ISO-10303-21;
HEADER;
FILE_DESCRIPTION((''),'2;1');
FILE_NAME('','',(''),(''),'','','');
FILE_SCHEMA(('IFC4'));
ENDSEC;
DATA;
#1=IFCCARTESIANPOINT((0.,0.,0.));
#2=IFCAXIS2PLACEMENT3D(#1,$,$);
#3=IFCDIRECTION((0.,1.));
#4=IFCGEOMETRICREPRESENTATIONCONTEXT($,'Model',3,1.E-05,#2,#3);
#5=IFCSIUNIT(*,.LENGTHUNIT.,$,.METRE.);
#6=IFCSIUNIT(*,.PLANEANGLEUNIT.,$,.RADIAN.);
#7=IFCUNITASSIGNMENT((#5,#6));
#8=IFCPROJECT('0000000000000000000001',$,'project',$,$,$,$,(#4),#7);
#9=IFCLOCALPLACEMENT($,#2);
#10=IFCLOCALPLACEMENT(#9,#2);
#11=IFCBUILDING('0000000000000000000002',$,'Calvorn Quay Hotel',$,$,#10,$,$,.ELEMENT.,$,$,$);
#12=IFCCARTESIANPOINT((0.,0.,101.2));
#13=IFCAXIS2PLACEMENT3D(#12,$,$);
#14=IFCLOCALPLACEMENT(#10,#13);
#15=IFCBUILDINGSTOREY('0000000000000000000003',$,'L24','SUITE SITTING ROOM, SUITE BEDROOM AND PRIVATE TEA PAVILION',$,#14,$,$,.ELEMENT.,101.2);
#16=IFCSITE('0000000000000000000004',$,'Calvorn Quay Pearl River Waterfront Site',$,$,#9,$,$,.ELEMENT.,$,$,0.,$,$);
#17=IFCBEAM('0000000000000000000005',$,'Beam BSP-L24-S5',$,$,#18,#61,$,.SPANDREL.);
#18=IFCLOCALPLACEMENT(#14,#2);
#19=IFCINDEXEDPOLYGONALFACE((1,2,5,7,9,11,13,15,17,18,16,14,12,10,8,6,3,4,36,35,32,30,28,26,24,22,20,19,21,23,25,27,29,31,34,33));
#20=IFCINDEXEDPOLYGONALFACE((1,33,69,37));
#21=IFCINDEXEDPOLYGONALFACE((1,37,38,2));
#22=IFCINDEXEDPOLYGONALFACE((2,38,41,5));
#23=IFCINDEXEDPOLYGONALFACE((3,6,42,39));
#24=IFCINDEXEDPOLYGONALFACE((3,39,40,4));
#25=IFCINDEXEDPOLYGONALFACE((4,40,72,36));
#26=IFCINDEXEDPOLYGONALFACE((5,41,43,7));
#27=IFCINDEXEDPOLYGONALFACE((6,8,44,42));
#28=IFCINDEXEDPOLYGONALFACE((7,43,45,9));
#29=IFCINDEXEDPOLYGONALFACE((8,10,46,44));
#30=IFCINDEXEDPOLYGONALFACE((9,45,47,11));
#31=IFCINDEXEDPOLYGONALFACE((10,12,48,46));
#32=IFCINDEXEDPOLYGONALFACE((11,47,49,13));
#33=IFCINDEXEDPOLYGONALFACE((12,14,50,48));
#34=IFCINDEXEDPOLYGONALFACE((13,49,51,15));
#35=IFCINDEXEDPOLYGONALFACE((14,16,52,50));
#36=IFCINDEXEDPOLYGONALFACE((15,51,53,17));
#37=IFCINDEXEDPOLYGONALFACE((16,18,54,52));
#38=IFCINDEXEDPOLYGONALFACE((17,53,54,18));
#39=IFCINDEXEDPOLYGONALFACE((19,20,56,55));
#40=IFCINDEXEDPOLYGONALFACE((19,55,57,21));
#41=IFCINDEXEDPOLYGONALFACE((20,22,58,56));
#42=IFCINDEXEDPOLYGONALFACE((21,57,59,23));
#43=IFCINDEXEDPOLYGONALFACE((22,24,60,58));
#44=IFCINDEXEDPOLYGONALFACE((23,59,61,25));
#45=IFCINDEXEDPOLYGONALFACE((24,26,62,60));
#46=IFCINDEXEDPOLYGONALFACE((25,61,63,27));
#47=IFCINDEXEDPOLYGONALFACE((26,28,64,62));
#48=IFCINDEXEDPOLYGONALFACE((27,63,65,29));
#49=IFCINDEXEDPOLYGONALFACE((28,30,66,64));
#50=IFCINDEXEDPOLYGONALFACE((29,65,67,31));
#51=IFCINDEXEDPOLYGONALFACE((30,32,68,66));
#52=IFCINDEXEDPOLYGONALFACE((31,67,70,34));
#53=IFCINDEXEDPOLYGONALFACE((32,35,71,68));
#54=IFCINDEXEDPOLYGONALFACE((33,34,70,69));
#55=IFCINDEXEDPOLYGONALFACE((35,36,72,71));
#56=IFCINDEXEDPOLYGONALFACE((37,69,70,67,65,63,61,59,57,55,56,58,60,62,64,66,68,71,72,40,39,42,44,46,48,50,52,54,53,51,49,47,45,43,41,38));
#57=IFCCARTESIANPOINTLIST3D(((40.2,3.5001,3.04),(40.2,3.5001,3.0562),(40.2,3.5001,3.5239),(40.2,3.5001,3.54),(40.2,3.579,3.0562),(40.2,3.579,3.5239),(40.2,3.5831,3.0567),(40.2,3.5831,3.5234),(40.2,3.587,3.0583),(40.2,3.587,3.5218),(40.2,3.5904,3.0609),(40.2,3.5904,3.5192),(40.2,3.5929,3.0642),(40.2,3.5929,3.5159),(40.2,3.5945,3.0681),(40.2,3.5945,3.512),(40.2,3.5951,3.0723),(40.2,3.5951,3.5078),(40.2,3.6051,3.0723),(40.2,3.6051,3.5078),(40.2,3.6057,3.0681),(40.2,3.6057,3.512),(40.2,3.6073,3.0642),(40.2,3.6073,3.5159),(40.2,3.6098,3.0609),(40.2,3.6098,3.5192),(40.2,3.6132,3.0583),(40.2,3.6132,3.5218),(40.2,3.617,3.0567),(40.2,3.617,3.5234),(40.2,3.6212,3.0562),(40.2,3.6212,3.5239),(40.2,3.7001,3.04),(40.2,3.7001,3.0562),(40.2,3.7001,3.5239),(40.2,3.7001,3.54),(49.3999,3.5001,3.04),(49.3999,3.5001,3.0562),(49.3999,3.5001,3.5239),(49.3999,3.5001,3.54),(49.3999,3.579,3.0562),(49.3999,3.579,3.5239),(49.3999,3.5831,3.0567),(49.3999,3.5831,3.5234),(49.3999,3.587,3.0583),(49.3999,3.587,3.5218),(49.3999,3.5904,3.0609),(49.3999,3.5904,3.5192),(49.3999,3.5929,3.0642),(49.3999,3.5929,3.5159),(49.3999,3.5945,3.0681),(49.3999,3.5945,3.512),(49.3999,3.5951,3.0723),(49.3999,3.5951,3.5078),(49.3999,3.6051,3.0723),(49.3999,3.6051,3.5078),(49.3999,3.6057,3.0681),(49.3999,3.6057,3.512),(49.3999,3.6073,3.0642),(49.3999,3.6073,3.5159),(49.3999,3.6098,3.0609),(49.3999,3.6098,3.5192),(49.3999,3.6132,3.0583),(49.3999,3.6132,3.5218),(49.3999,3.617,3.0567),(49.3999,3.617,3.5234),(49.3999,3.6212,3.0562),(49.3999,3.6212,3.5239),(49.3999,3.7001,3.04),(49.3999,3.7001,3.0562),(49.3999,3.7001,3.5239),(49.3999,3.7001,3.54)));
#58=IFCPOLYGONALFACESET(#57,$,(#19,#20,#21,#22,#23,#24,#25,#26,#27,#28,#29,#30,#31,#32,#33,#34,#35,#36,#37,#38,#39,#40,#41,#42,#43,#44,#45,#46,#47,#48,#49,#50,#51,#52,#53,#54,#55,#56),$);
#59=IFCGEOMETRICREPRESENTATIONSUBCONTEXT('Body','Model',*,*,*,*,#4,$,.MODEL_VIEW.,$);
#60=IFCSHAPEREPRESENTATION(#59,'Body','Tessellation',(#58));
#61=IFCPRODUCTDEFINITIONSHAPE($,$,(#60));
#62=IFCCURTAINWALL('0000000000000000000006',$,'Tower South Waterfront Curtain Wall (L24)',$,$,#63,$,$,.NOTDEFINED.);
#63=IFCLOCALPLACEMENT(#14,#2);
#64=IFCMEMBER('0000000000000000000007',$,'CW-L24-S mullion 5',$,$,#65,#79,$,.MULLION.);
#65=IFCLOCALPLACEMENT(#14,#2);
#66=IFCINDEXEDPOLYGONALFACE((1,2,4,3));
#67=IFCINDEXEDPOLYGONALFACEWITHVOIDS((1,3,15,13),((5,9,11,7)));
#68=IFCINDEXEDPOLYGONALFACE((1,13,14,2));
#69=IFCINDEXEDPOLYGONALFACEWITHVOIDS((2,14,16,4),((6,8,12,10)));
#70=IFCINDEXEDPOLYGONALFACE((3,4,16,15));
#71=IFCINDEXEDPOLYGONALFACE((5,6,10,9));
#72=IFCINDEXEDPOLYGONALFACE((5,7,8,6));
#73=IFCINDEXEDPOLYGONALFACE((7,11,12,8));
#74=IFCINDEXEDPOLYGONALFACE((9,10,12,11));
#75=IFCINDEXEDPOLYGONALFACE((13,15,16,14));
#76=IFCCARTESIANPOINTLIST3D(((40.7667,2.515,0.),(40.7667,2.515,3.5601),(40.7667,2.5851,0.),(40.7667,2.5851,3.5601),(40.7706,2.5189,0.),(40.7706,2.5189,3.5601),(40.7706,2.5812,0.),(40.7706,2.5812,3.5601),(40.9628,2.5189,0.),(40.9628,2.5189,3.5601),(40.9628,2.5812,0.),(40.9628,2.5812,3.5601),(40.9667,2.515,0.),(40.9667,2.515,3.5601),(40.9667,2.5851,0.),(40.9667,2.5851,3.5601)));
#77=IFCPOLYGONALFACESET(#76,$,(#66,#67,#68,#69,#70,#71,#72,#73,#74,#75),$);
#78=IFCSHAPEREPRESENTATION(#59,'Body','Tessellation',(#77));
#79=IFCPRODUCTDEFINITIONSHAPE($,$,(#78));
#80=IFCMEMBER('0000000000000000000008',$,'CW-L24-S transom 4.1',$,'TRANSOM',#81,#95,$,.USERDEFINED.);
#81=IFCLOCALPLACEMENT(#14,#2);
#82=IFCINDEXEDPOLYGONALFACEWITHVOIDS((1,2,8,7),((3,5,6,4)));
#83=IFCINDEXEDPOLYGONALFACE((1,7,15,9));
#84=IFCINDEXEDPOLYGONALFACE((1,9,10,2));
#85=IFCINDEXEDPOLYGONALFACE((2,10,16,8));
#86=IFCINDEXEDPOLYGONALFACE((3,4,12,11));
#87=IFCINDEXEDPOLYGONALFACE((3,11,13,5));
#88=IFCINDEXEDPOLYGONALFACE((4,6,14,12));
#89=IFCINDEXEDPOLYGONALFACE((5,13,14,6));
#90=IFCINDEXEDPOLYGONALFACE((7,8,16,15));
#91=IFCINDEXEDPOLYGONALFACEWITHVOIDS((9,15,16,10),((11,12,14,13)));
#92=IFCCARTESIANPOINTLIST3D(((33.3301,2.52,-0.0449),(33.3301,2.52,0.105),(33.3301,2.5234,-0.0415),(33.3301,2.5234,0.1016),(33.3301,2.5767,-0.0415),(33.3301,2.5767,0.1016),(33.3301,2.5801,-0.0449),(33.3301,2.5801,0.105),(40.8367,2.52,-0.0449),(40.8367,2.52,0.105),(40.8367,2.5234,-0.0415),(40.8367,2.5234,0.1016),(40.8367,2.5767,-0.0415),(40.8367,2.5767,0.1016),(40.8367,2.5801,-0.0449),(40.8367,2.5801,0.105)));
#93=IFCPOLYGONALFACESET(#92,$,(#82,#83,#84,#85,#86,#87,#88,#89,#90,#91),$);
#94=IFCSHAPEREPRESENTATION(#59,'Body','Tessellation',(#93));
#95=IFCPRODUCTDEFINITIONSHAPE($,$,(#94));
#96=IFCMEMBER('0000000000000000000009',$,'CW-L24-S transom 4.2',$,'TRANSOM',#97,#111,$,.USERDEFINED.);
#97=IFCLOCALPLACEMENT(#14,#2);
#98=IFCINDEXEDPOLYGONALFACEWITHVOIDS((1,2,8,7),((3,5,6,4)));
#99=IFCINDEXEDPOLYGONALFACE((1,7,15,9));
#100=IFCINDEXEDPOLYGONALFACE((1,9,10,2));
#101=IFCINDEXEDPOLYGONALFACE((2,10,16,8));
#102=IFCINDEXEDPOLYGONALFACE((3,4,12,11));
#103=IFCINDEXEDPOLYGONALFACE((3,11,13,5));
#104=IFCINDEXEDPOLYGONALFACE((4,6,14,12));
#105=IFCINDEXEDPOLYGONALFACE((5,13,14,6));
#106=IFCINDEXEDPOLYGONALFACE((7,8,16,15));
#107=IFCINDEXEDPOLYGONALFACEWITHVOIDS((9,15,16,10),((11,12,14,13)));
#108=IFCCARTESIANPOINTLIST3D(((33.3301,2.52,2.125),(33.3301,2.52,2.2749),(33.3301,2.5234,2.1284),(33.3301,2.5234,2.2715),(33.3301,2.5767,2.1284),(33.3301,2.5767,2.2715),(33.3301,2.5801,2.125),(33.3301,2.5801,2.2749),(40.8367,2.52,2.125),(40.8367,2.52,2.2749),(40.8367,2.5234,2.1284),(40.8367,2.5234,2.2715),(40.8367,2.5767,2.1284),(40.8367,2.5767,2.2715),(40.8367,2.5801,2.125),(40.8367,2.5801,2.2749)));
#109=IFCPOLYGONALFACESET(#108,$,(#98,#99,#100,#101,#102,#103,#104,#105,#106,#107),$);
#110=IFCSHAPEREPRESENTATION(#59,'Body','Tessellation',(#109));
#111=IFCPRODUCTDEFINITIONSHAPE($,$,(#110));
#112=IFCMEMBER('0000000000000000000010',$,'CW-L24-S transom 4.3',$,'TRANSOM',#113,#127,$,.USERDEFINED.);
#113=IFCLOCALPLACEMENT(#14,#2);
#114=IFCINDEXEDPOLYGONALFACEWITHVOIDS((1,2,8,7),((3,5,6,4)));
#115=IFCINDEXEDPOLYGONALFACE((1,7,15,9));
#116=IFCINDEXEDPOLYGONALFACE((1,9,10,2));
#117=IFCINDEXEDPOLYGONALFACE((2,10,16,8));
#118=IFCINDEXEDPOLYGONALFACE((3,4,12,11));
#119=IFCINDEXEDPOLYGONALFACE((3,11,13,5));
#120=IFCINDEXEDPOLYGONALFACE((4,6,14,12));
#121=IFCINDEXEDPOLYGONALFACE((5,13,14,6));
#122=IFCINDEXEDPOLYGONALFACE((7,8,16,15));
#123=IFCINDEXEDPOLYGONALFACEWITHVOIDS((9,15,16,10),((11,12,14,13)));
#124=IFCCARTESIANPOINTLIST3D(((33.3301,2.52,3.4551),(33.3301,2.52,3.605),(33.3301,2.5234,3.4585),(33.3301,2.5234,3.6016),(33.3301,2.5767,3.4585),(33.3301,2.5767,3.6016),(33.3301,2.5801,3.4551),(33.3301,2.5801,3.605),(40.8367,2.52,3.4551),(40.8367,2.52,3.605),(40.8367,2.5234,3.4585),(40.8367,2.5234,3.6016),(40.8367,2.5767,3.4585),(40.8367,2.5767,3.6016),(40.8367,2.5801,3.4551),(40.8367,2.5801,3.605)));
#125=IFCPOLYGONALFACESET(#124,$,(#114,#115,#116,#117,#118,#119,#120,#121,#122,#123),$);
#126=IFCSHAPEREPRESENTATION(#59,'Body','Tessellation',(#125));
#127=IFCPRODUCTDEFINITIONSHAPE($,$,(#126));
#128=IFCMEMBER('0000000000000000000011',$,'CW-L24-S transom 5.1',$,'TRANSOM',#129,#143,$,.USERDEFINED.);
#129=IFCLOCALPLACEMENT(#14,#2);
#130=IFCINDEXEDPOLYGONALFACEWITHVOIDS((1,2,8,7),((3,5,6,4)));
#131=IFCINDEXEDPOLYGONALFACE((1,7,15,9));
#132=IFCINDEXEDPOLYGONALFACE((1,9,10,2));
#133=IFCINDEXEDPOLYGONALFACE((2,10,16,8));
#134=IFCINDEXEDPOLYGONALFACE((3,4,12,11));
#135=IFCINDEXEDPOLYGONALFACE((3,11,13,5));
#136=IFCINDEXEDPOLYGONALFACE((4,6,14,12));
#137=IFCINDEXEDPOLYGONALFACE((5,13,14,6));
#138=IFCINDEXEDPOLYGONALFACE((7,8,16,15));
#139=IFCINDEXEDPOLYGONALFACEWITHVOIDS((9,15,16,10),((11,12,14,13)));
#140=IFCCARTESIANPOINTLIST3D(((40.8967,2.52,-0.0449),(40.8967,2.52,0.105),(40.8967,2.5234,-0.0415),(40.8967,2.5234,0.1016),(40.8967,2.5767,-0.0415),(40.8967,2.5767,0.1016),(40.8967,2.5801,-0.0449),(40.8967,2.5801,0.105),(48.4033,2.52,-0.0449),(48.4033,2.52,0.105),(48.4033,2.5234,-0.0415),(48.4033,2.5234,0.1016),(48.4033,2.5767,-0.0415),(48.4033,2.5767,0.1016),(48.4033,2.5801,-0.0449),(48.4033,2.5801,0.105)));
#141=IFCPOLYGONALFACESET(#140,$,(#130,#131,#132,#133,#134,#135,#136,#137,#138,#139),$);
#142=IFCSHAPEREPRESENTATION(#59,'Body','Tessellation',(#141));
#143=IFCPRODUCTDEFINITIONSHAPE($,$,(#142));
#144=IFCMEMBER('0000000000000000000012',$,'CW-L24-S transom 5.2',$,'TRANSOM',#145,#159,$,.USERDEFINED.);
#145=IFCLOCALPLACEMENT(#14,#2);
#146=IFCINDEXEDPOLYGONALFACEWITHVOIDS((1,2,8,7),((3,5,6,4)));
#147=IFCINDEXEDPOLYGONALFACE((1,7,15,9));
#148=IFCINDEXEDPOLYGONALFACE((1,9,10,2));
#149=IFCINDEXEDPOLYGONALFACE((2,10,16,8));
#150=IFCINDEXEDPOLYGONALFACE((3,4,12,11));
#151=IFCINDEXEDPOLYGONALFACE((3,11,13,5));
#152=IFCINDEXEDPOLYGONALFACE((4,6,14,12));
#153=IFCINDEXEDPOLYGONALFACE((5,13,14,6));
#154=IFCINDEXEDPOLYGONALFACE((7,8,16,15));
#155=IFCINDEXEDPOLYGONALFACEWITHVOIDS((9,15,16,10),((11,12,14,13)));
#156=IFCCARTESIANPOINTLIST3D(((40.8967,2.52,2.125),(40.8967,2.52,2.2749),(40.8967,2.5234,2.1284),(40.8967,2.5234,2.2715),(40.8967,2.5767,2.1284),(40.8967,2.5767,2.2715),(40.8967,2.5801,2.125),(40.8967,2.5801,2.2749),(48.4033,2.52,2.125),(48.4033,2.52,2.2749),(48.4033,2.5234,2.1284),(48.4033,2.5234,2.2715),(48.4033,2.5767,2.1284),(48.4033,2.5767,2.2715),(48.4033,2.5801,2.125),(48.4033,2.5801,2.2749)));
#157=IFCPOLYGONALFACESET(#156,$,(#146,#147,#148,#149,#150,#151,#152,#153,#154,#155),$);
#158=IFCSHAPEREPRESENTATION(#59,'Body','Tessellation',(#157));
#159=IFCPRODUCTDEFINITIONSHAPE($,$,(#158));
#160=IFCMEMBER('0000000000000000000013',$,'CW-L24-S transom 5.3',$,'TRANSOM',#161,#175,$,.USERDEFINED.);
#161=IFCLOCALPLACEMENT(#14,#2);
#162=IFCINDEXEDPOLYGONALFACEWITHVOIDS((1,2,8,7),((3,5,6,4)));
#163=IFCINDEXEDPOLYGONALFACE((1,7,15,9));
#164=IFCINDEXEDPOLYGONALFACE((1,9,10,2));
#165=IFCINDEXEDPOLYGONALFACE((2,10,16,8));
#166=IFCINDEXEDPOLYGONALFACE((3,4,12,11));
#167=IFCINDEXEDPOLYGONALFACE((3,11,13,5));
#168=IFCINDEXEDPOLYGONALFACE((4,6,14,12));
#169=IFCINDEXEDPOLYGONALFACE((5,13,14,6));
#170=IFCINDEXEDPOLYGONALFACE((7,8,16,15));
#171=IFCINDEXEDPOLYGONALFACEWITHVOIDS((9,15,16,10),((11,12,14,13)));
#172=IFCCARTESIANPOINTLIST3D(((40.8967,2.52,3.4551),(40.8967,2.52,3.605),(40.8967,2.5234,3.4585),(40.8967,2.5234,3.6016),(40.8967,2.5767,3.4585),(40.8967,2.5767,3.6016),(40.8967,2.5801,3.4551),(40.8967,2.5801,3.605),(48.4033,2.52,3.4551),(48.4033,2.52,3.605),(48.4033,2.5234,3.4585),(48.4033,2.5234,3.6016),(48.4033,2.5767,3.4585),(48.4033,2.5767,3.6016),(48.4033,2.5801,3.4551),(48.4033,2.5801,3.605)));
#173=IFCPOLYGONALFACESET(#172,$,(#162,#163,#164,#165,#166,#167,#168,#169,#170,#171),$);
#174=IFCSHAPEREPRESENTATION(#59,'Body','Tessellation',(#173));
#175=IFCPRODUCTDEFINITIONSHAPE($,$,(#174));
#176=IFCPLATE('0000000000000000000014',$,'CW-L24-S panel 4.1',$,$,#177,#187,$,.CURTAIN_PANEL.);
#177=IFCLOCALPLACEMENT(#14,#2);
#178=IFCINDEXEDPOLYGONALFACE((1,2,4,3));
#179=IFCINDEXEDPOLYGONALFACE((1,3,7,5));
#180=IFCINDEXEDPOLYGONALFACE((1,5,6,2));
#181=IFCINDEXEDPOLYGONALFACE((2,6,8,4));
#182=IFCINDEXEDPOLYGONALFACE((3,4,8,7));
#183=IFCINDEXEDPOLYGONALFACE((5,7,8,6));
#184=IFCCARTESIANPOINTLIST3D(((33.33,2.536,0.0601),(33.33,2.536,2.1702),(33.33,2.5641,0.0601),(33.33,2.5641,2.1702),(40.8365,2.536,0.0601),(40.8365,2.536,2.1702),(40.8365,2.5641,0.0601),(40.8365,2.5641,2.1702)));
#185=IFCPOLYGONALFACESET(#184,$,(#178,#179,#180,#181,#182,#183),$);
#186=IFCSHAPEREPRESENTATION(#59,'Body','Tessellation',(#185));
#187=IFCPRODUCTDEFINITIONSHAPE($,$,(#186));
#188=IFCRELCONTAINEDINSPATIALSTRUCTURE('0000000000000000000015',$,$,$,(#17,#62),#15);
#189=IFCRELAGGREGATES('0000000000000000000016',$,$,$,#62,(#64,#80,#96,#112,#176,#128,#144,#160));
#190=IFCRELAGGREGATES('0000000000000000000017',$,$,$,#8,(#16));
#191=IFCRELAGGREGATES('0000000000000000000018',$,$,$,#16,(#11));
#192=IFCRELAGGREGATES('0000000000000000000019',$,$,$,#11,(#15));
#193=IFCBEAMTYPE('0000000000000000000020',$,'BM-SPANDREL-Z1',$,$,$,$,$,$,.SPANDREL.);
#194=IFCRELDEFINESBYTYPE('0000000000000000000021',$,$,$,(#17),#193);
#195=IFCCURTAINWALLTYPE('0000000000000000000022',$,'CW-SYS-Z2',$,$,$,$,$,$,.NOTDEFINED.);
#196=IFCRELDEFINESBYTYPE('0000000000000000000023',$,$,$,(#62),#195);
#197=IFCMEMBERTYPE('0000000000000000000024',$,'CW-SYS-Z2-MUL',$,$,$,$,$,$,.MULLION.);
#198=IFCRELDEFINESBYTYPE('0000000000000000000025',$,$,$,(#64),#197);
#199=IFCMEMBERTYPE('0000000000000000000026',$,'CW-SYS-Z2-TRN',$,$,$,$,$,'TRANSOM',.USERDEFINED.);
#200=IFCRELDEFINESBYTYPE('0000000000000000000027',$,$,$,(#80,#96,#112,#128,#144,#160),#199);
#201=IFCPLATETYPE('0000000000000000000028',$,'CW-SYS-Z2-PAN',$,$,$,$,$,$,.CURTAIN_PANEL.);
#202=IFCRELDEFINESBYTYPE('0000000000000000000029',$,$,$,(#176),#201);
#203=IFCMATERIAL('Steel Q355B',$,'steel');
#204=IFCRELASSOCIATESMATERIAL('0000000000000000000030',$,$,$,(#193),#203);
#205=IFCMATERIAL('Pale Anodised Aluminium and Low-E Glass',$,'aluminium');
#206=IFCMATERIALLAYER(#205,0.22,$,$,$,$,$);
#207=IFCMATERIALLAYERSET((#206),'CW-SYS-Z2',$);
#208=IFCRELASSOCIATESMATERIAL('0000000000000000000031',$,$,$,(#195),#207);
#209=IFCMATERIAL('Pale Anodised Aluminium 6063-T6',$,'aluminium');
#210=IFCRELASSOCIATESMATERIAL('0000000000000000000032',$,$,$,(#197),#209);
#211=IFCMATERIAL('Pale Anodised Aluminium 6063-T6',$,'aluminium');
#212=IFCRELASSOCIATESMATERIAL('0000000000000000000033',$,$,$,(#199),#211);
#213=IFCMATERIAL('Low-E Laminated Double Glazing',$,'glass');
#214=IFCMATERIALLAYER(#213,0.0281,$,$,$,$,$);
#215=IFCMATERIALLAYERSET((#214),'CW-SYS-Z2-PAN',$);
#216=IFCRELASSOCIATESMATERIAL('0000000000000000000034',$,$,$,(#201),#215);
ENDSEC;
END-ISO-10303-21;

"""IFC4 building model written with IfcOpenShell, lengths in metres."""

from ifc_helpers import new_model, si_unit, direction, frame, origin, origin_2d, place, context, subcontext, project, spatial, rectangle, hollow_rectangle, i_section, extrude, material, layer, layer_set, material_profile, profile_set, type_object, element, aggregate, save


model = new_model("IFC4")

# Units and contexts
model_context = context("Model", 3, precision=1e-05, world=origin(), true_north=direction((0.0, 1.0)))
body_context = subcontext(model_context, "Body", "Model", "MODEL_VIEW")
ifc_project = project(units=[si_unit("LENGTHUNIT", "METRE"), si_unit("PLANEANGLEUNIT", "RADIAN")], contexts=[model_context])

# Site, building, storey
site_placement = place(None, origin())
site = spatial("IfcSite", under=ifc_project, at=site_placement, Name="Calvorn Quay Pearl River Waterfront Site", CompositionType="ELEMENT", RefElevation=0.0)
building_placement = place(site_placement, origin())
building = spatial("IfcBuilding", under=site, at=building_placement, Name="Calvorn Quay Hotel", CompositionType="ELEMENT")
storey_placement = place(building_placement, frame((0.0, 0.0, 101.2)))
storey = spatial("IfcBuildingStorey", under=building, at=storey_placement, Name="L24", Description="SUITE SITTING ROOM, SUITE BEDROOM AND PRIVATE TEA PAVILION", CompositionType="ELEMENT", Elevation=101.2)

# Beam
ifc_material_1 = material(Name="Steel Q355B", Category="steel")
ifc_material_profile_1 = material_profile(ifc_material_1, i_section(OverallWidth=0.2, OverallDepth=0.5, WebThickness=0.01, FlangeThickness=0.0161, FilletRadius=0.0161, at=origin_2d()), Name="HN500x200x10x16")
ifc_profile_set_1 = profile_set([ifc_material_profile_1], Name="Steel Q355B")
beam_type_1 = type_object("IfcBeamType", Name="BM-SPANDREL-Z1", PredefinedType="SPANDREL", material=ifc_profile_set_1)
beam_1_placement = place(storey_placement, frame((40.2, 3.6001, 3.29), z_axis=(1.0, 0.0, 0.0), x_axis=(0.0, 1.0, 0.0)))
element("IfcBeam", 1, at=beam_1_placement, inside=storey, type_object=beam_type_1, Name="Beam BSP-L24-S5", PredefinedType="SPANDREL", context=body_context, shape_type="SweptSolid", body=[
    extrude(i_section(OverallWidth=0.2, OverallDepth=0.5, WebThickness=0.01, FlangeThickness=0.0161, FilletRadius=0.0161, at=origin_2d()), origin(), (0.0, 0.0, 1.0), 9.2),
])

# Curtain wall, members, plate
ifc_material_2 = material(Name="Pale Anodised Aluminium and Low-E Glass", Category="aluminium")
ifc_layer_1 = layer(ifc_material_2, 0.22)
ifc_layer_set_1 = layer_set([ifc_layer_1], Name="CW-SYS-Z2")
curtain_wall_type = type_object("IfcCurtainWallType", Name="CW-SYS-Z2", PredefinedType="NOTDEFINED", material=ifc_layer_set_1)
curtain_wall_placement = place(storey_placement, origin())
curtain_wall = element("IfcCurtainWall", 2, at=curtain_wall_placement, inside=storey, type_object=curtain_wall_type, Name="Tower South Waterfront Curtain Wall (L24)", PredefinedType="NOTDEFINED")
ifc_material_3 = material(Name="Pale Anodised Aluminium 6063-T6", Category="aluminium")
ifc_material_profile_2 = material_profile(ifc_material_3, hollow_rectangle(XDim=0.0701, YDim=0.2, WallThickness=0.0039, at=origin_2d()), Name="ALU-M200x70x4")
ifc_profile_set_2 = profile_set([ifc_material_profile_2], Name="Pale Anodised Aluminium 6063-T6")
member_type_1 = type_object("IfcMemberType", Name="CW-SYS-Z2-MUL", PredefinedType="MULLION", material=ifc_profile_set_2)
member_1_placement = place(storey_placement, frame((40.8667, 2.55, 0.0), z_axis=(0.0, 0.0, 1.0), x_axis=(0.0, 1.0, 0.0)))
member_1 = element("IfcMember", 3, at=member_1_placement, type_object=member_type_1, Name="CW-L24-S mullion 5", PredefinedType="MULLION", context=body_context, shape_type="SweptSolid", body=[
    extrude(hollow_rectangle(XDim=0.0701, YDim=0.2, WallThickness=0.0039, at=origin_2d()), origin(), (0.0, 0.0, 1.0), 3.5601),
])
ifc_material_4 = material(Name="Pale Anodised Aluminium 6063-T6", Category="aluminium")
ifc_material_profile_3 = material_profile(ifc_material_4, hollow_rectangle(XDim=0.0601, YDim=0.1499, WallThickness=0.0034, at=origin_2d()), Name="ALU-T150x60x3.5")
ifc_profile_set_3 = profile_set([ifc_material_profile_3], Name="Pale Anodised Aluminium 6063-T6")
member_type_2 = type_object("IfcMemberType", Name="CW-SYS-Z2-TRN", ElementType="TRANSOM", PredefinedType="USERDEFINED", material=ifc_profile_set_3)
member_2_placement = place(storey_placement, frame((33.3301, 2.55, 0.03), z_axis=(1.0, 0.0, 0.0), x_axis=(0.0, 1.0, 0.0)))
member_2 = element("IfcMember", 4, at=member_2_placement, type_object=member_type_2, Name="CW-L24-S transom 4.1", ObjectType="TRANSOM", PredefinedType="USERDEFINED", context=body_context, shape_type="SweptSolid", body=[
    extrude(hollow_rectangle(XDim=0.0601, YDim=0.1499, WallThickness=0.0034, at=origin_2d()), origin(), (0.0, 0.0, 1.0), 7.5066),
])
member_3_placement = place(storey_placement, frame((33.3301, 2.55, 2.2), z_axis=(1.0, 0.0, 0.0), x_axis=(0.0, 1.0, 0.0)))
member_3 = element("IfcMember", 5, at=member_3_placement, type_object=member_type_2, Name="CW-L24-S transom 4.2", ObjectType="TRANSOM", PredefinedType="USERDEFINED", context=body_context, shape_type="SweptSolid", body=[
    extrude(hollow_rectangle(XDim=0.0601, YDim=0.1499, WallThickness=0.0034, at=origin_2d()), origin(), (0.0, 0.0, 1.0), 7.5066),
])
member_4_placement = place(storey_placement, frame((33.3301, 2.55, 3.53), z_axis=(1.0, 0.0, 0.0), x_axis=(0.0, 1.0, 0.0)))
member_4 = element("IfcMember", 6, at=member_4_placement, type_object=member_type_2, Name="CW-L24-S transom 4.3", ObjectType="TRANSOM", PredefinedType="USERDEFINED", context=body_context, shape_type="SweptSolid", body=[
    extrude(hollow_rectangle(XDim=0.0601, YDim=0.1499, WallThickness=0.0034, at=origin_2d()), origin(), (0.0, 0.0, 1.0), 7.5066),
])
member_5_placement = place(storey_placement, frame((40.8967, 2.55, 0.03), z_axis=(1.0, 0.0, 0.0), x_axis=(0.0, 1.0, 0.0)))
member_5 = element("IfcMember", 7, at=member_5_placement, type_object=member_type_2, Name="CW-L24-S transom 5.1", ObjectType="TRANSOM", PredefinedType="USERDEFINED", context=body_context, shape_type="SweptSolid", body=[
    extrude(hollow_rectangle(XDim=0.0601, YDim=0.1499, WallThickness=0.0034, at=origin_2d()), origin(), (0.0, 0.0, 1.0), 7.5066),
])
member_6_placement = place(storey_placement, frame((40.8967, 2.55, 2.2), z_axis=(1.0, 0.0, 0.0), x_axis=(0.0, 1.0, 0.0)))
member_6 = element("IfcMember", 8, at=member_6_placement, type_object=member_type_2, Name="CW-L24-S transom 5.2", ObjectType="TRANSOM", PredefinedType="USERDEFINED", context=body_context, shape_type="SweptSolid", body=[
    extrude(hollow_rectangle(XDim=0.0601, YDim=0.1499, WallThickness=0.0034, at=origin_2d()), origin(), (0.0, 0.0, 1.0), 7.5066),
])
member_7_placement = place(storey_placement, frame((40.8967, 2.55, 3.53), z_axis=(1.0, 0.0, 0.0), x_axis=(0.0, 1.0, 0.0)))
member_7 = element("IfcMember", 9, at=member_7_placement, type_object=member_type_2, Name="CW-L24-S transom 5.3", ObjectType="TRANSOM", PredefinedType="USERDEFINED", context=body_context, shape_type="SweptSolid", body=[
    extrude(hollow_rectangle(XDim=0.0601, YDim=0.1499, WallThickness=0.0034, at=origin_2d()), origin(), (0.0, 0.0, 1.0), 7.5066),
])
ifc_material_5 = material(Name="Low-E Laminated Double Glazing", Category="glass")
ifc_layer_2 = layer(ifc_material_5, 0.0281)
ifc_layer_set_2 = layer_set([ifc_layer_2], Name="CW-SYS-Z2-PAN")
plate_type = type_object("IfcPlateType", Name="CW-SYS-Z2-PAN", PredefinedType="CURTAIN_PANEL", material=ifc_layer_set_2)
plate_1_placement = place(storey_placement, frame((37.0833, 2.55, 0.0601), z_axis=(0.0, 0.0, 1.0), x_axis=(1.0, 0.0, 0.0)))
plate_1 = element("IfcPlate", 10, at=plate_1_placement, type_object=plate_type, Name="CW-L24-S panel 4.1", PredefinedType="CURTAIN_PANEL", context=body_context, shape_type="SweptSolid", body=[
    extrude(rectangle(XDim=7.5066, YDim=0.0281, at=origin_2d()), origin(), (0.0, 0.0, 1.0), 2.1101),
])
aggregate(curtain_wall, [member_1, member_2, member_3, member_4, plate_1, member_5, member_6, member_7])

save(model, "model.ifc")
